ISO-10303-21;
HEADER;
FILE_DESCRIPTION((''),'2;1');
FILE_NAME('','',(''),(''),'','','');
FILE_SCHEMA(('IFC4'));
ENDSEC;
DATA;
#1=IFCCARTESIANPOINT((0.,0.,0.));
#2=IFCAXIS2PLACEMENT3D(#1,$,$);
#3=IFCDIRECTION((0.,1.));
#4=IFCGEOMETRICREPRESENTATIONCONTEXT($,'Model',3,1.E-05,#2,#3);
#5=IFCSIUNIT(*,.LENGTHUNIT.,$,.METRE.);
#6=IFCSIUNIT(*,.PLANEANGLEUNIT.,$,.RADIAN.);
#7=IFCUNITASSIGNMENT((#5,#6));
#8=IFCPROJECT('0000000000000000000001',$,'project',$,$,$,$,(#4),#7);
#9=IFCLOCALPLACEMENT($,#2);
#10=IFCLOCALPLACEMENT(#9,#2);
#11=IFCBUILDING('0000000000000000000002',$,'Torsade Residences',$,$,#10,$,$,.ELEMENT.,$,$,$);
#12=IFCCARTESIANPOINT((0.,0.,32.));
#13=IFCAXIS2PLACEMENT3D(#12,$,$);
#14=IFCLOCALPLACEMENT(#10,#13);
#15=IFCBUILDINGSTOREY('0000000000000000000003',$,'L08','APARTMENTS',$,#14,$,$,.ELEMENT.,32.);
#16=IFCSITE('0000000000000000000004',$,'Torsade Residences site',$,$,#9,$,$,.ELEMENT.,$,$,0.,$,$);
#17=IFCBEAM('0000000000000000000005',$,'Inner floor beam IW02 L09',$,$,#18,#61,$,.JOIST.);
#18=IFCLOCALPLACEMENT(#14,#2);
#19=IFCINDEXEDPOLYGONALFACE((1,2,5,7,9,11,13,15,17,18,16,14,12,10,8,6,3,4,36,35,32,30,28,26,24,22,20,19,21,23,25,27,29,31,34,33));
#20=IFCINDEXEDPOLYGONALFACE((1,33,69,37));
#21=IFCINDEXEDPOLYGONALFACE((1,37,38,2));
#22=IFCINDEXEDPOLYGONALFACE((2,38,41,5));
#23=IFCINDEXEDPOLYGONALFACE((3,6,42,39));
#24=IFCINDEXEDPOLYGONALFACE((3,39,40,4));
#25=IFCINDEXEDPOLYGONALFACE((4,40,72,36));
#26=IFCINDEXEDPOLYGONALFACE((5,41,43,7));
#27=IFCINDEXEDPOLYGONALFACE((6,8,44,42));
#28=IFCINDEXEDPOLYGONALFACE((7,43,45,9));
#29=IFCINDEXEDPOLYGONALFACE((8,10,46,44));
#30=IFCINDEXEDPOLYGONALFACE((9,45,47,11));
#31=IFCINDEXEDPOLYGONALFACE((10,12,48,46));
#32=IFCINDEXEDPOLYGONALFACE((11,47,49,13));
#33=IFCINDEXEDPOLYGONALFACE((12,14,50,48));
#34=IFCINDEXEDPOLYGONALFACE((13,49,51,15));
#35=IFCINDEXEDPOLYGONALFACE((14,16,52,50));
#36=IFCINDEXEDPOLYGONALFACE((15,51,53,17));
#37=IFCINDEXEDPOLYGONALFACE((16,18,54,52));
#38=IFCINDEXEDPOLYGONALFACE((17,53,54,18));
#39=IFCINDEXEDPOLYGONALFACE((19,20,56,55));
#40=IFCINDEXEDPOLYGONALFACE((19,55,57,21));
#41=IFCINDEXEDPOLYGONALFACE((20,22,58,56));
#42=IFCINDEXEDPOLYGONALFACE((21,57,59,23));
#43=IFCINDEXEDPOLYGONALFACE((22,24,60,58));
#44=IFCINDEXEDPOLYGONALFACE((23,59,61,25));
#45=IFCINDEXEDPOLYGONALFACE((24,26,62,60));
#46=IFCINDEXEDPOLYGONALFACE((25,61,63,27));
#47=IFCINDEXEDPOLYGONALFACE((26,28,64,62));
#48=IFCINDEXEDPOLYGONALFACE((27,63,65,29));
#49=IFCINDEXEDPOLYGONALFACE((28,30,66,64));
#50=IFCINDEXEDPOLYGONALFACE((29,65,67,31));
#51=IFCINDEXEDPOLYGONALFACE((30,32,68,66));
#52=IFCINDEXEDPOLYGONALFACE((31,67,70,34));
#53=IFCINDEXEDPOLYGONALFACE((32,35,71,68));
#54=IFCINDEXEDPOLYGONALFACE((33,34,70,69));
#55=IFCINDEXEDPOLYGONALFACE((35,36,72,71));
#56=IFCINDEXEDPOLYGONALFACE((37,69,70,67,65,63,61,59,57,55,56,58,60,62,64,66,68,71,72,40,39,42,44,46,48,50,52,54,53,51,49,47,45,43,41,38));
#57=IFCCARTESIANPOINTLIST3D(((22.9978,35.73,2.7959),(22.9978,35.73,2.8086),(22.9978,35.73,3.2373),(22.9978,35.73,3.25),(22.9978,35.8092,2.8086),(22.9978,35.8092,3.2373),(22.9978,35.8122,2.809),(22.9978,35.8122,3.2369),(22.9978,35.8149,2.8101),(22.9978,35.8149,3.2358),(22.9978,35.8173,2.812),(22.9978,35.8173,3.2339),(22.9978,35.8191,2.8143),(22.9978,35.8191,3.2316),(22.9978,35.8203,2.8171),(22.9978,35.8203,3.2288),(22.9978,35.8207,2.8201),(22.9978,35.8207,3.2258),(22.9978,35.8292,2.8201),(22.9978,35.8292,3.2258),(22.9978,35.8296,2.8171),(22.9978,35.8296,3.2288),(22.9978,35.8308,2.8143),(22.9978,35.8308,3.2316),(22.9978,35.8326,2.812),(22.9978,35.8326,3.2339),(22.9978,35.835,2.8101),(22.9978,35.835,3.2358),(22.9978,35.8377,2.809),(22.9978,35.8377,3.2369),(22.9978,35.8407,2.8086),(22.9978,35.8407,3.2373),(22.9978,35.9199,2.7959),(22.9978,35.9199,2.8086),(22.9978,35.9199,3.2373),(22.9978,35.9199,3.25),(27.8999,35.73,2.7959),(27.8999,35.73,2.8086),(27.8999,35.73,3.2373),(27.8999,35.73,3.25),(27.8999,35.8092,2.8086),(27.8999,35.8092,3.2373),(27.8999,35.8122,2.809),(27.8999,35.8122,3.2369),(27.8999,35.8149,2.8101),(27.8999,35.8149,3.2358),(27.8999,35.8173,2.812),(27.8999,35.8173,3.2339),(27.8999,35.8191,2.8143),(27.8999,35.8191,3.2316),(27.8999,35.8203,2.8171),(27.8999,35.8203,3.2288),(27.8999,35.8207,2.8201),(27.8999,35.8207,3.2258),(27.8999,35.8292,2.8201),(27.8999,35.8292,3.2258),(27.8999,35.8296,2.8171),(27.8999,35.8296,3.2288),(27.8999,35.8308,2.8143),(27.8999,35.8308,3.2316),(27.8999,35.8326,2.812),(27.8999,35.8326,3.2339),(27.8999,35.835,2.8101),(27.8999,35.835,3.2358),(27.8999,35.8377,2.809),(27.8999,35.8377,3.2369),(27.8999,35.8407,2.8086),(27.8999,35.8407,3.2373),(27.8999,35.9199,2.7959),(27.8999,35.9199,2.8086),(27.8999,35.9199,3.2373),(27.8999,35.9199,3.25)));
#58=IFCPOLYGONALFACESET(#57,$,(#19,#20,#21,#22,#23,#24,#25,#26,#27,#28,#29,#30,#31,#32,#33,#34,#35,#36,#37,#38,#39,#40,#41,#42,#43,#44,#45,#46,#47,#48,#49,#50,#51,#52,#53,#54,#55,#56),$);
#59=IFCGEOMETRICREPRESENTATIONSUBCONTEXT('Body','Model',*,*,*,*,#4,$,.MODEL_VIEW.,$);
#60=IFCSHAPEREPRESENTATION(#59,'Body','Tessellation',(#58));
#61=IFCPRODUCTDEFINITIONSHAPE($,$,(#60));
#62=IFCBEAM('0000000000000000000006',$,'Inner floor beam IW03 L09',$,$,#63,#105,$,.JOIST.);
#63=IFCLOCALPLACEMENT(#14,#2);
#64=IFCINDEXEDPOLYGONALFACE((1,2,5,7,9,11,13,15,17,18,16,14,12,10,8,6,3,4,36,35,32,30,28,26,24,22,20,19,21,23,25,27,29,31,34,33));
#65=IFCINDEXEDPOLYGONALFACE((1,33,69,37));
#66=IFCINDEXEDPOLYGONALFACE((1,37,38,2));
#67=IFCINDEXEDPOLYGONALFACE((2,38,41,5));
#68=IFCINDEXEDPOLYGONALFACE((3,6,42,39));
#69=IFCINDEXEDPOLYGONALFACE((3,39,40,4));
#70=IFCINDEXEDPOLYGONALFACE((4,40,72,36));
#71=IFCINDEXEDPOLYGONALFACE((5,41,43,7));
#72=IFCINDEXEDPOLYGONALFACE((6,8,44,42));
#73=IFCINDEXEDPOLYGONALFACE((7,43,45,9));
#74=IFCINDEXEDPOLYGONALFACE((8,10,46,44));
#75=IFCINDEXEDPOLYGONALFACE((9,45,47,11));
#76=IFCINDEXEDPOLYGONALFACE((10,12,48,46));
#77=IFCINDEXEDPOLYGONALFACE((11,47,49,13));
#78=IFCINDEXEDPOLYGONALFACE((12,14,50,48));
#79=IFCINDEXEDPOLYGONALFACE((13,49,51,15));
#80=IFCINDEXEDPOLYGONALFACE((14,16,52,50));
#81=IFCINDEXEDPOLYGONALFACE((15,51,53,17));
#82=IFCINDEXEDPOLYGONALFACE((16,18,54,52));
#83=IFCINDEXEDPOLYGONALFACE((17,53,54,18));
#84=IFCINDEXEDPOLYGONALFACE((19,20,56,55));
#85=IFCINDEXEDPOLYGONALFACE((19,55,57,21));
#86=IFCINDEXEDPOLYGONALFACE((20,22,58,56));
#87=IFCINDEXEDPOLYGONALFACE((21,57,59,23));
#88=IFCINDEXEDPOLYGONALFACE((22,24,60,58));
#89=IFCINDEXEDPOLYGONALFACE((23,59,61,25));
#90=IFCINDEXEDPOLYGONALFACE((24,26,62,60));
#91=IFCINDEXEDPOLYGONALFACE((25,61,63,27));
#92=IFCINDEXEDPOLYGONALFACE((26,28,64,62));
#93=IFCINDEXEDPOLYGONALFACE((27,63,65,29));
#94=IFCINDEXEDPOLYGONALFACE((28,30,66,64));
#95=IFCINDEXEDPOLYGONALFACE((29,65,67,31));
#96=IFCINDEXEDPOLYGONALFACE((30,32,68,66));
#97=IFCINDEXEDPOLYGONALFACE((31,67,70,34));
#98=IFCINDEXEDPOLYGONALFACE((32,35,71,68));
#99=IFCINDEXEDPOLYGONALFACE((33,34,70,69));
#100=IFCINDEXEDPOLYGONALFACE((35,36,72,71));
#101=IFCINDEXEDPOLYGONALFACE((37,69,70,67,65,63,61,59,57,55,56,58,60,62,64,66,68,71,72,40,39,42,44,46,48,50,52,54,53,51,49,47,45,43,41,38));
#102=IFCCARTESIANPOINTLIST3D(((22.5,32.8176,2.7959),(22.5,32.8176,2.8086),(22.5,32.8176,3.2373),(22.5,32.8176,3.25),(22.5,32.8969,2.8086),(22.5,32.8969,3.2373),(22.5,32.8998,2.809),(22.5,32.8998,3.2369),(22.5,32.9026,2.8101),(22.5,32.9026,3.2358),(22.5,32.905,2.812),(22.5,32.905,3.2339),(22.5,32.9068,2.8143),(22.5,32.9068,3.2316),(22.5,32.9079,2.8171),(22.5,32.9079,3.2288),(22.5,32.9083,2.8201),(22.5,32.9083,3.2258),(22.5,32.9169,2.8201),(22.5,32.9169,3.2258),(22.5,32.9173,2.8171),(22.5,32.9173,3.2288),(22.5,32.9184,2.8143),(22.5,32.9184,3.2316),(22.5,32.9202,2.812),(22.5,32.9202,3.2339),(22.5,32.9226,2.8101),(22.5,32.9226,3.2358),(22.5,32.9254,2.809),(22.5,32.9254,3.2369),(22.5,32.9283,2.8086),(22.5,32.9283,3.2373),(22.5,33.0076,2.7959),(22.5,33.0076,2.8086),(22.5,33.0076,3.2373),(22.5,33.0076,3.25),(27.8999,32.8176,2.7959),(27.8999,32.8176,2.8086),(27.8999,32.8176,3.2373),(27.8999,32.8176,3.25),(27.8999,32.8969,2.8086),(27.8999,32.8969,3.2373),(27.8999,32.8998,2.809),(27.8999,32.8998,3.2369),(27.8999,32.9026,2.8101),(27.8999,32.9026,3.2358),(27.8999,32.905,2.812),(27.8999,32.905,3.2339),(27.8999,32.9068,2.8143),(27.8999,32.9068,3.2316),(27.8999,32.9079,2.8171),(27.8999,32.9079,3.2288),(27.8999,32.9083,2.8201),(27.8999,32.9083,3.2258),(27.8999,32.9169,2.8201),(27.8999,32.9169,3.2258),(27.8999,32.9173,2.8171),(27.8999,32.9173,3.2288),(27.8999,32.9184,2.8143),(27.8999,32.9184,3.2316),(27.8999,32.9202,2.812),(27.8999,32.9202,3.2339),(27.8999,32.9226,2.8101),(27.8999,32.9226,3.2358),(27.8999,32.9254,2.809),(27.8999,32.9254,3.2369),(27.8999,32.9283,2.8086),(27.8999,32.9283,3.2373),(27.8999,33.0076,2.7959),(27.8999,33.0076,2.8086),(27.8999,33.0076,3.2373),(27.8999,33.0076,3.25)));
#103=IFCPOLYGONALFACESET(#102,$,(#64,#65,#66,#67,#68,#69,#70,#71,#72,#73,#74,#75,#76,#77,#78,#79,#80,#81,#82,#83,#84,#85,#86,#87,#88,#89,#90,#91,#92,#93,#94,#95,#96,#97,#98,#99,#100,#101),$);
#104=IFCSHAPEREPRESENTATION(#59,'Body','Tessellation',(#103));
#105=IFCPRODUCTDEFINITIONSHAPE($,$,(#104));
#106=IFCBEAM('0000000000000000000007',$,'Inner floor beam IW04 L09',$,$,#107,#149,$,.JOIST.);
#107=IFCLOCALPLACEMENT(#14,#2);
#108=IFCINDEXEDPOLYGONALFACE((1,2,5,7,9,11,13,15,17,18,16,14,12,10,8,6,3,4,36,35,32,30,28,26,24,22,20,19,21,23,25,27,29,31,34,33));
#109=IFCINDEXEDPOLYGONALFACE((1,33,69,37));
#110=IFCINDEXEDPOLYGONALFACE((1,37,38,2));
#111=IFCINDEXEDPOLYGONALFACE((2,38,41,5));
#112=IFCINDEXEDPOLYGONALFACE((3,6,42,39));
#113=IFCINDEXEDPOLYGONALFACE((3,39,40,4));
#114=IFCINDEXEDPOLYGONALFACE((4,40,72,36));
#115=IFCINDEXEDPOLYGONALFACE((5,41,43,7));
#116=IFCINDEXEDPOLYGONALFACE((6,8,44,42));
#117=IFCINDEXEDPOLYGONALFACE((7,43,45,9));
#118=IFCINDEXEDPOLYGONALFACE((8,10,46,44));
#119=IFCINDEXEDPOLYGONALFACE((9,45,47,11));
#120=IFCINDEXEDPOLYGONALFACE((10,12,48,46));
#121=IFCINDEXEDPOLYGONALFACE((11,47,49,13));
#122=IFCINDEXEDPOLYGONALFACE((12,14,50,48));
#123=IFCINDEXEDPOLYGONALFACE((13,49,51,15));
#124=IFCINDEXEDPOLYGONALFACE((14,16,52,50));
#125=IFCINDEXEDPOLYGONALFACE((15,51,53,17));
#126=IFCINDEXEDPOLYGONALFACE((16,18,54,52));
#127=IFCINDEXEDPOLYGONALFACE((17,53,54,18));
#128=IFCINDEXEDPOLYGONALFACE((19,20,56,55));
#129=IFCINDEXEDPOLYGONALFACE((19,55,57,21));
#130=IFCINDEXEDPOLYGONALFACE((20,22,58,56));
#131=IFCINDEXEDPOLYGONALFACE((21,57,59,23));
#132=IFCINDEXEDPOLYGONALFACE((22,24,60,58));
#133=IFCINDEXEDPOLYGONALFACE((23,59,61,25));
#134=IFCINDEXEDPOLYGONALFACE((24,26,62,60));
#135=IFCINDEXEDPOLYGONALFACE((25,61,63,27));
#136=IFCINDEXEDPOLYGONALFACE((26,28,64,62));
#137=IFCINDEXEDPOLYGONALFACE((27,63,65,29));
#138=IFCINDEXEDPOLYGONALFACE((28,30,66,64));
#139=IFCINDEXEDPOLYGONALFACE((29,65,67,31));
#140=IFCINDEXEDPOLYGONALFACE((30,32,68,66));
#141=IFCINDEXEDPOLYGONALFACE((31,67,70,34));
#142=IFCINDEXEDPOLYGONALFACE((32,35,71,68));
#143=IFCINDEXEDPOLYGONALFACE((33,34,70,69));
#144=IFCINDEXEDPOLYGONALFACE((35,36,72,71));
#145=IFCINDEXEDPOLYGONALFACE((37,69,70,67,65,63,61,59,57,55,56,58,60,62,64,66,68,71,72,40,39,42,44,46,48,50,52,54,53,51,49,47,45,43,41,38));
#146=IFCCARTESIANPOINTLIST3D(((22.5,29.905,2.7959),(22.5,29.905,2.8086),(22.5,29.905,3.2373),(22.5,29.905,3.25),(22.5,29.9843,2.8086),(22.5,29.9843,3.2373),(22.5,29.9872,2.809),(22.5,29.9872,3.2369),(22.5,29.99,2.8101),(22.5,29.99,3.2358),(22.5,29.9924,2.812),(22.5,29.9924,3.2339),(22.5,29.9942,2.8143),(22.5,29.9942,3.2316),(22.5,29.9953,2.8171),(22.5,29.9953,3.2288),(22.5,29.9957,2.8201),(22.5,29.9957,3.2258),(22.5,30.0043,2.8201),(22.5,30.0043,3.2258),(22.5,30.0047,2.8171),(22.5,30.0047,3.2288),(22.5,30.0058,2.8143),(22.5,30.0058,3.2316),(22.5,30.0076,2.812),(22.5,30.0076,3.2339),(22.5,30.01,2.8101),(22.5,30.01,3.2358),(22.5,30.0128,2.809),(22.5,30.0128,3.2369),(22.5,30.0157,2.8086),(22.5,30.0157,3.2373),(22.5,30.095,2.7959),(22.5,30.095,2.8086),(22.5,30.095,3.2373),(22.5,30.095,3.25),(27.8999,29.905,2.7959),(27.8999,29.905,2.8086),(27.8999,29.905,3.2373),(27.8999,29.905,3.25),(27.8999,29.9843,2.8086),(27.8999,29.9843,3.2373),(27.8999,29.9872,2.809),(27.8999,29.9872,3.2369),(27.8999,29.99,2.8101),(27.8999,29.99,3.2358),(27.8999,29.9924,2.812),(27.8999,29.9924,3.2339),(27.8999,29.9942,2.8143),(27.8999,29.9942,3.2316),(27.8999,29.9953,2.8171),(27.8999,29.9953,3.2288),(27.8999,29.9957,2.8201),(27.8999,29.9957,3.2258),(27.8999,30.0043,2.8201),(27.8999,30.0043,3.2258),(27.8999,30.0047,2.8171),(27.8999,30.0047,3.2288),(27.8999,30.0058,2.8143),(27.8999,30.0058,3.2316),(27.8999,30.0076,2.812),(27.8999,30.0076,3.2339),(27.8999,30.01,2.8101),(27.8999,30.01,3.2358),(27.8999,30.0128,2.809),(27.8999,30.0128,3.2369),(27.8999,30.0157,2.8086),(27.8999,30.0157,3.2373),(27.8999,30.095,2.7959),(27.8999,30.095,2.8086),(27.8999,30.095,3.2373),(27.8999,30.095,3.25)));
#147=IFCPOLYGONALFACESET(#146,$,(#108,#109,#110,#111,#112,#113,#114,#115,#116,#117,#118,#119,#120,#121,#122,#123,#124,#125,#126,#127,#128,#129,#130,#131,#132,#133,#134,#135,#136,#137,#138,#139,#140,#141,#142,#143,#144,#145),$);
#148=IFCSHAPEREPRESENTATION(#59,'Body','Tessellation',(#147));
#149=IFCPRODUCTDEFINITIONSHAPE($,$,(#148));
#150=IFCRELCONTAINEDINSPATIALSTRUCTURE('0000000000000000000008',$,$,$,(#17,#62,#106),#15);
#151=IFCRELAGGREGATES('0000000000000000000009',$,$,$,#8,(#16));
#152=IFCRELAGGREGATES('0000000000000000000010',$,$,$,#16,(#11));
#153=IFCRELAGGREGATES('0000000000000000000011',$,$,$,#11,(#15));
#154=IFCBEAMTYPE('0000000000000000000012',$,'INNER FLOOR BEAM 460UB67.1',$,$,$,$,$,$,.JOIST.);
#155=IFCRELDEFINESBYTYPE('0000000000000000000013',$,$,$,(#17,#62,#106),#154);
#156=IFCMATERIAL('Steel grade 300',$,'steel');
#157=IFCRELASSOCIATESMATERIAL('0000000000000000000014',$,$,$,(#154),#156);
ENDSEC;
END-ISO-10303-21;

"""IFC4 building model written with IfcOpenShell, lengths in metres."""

from ifc_helpers import new_model, si_unit, direction, frame, origin, origin_2d, place, context, subcontext, project, spatial, i_section, extrude, material, material_profile, profile_set, type_object, element, save


model = new_model("IFC4")

# Units and contexts
model_context = context("Model", 3, precision=1e-05, world=origin(), true_north=direction((0.0, 1.0)))
body_context = subcontext(model_context, "Body", "Model", "MODEL_VIEW")
ifc_project = project(units=[si_unit("LENGTHUNIT", "METRE"), si_unit("PLANEANGLEUNIT", "RADIAN")], contexts=[model_context])

# Site, building, storey
site_placement = place(None, origin())
site = spatial("IfcSite", under=ifc_project, at=site_placement, Name="Torsade Residences site", CompositionType="ELEMENT", RefElevation=0.0)
building_placement = place(site_placement, origin())
building = spatial("IfcBuilding", under=site, at=building_placement, Name="Torsade Residences", CompositionType="ELEMENT")
storey_placement = place(building_placement, frame((0.0, 0.0, 32.0)))
storey = spatial("IfcBuildingStorey", under=building, at=storey_placement, Name="L08", Description="APARTMENTS", CompositionType="ELEMENT", Elevation=32.0)

# Beams
ifc_material_1 = material(Name="Steel grade 300", Category="steel")
ifc_material_profile = material_profile(ifc_material_1, i_section(OverallWidth=0.1899, OverallDepth=0.4541, WebThickness=0.0085, FlangeThickness=0.0127, FilletRadius=0.0115, at=origin_2d()), Name="460UB67.1")
ifc_profile_set = profile_set([ifc_material_profile], Name="Steel grade 300")
beam_type = type_object("IfcBeamType", Name="INNER FLOOR BEAM 460UB67.1", PredefinedType="JOIST", material=ifc_profile_set)
beam_placement = place(storey_placement, frame((27.8999, 35.825, 3.0229), z_axis=(-1.0, 0.0, 0.0), x_axis=(0.0, -1.0, 0.0)))
element("IfcBeam", 1, at=beam_placement, inside=storey, type_object=beam_type, Name="Inner floor beam IW02 L09", PredefinedType="JOIST", context=body_context, shape_type="SweptSolid", body=[
    extrude(i_section(OverallWidth=0.1899, OverallDepth=0.4541, WebThickness=0.0085, FlangeThickness=0.0127, FilletRadius=0.0115, at=origin_2d()), origin(), (0.0, 0.0, 1.0), 4.9021),
])
for number, where, z_axis, x_axis, name in (
    (2, (27.8999, 32.9126, 3.0229), (-1.0, 0.0, 0.0), (0.0, -1.0, 0.0), "Inner floor beam IW03 L09"),
    (3, (27.8999, 30.0, 3.0229), (-1.0, 0.0, 0.0), (0.0, -1.0, 0.0), "Inner floor beam IW04 L09"),
):
    element("IfcBeam", number, at=place(storey_placement, frame(where, z_axis=z_axis, x_axis=x_axis)), inside=storey, type_object=beam_type, Name=name, PredefinedType="JOIST", context=body_context, shape_type="SweptSolid", body=[
        extrude(i_section(OverallWidth=0.1899, OverallDepth=0.4541, WebThickness=0.0085, FlangeThickness=0.0127, FilletRadius=0.0115, at=origin_2d()), origin(), (0.0, 0.0, 1.0), 5.3999),
    ])

save(model, "model.ifc")
